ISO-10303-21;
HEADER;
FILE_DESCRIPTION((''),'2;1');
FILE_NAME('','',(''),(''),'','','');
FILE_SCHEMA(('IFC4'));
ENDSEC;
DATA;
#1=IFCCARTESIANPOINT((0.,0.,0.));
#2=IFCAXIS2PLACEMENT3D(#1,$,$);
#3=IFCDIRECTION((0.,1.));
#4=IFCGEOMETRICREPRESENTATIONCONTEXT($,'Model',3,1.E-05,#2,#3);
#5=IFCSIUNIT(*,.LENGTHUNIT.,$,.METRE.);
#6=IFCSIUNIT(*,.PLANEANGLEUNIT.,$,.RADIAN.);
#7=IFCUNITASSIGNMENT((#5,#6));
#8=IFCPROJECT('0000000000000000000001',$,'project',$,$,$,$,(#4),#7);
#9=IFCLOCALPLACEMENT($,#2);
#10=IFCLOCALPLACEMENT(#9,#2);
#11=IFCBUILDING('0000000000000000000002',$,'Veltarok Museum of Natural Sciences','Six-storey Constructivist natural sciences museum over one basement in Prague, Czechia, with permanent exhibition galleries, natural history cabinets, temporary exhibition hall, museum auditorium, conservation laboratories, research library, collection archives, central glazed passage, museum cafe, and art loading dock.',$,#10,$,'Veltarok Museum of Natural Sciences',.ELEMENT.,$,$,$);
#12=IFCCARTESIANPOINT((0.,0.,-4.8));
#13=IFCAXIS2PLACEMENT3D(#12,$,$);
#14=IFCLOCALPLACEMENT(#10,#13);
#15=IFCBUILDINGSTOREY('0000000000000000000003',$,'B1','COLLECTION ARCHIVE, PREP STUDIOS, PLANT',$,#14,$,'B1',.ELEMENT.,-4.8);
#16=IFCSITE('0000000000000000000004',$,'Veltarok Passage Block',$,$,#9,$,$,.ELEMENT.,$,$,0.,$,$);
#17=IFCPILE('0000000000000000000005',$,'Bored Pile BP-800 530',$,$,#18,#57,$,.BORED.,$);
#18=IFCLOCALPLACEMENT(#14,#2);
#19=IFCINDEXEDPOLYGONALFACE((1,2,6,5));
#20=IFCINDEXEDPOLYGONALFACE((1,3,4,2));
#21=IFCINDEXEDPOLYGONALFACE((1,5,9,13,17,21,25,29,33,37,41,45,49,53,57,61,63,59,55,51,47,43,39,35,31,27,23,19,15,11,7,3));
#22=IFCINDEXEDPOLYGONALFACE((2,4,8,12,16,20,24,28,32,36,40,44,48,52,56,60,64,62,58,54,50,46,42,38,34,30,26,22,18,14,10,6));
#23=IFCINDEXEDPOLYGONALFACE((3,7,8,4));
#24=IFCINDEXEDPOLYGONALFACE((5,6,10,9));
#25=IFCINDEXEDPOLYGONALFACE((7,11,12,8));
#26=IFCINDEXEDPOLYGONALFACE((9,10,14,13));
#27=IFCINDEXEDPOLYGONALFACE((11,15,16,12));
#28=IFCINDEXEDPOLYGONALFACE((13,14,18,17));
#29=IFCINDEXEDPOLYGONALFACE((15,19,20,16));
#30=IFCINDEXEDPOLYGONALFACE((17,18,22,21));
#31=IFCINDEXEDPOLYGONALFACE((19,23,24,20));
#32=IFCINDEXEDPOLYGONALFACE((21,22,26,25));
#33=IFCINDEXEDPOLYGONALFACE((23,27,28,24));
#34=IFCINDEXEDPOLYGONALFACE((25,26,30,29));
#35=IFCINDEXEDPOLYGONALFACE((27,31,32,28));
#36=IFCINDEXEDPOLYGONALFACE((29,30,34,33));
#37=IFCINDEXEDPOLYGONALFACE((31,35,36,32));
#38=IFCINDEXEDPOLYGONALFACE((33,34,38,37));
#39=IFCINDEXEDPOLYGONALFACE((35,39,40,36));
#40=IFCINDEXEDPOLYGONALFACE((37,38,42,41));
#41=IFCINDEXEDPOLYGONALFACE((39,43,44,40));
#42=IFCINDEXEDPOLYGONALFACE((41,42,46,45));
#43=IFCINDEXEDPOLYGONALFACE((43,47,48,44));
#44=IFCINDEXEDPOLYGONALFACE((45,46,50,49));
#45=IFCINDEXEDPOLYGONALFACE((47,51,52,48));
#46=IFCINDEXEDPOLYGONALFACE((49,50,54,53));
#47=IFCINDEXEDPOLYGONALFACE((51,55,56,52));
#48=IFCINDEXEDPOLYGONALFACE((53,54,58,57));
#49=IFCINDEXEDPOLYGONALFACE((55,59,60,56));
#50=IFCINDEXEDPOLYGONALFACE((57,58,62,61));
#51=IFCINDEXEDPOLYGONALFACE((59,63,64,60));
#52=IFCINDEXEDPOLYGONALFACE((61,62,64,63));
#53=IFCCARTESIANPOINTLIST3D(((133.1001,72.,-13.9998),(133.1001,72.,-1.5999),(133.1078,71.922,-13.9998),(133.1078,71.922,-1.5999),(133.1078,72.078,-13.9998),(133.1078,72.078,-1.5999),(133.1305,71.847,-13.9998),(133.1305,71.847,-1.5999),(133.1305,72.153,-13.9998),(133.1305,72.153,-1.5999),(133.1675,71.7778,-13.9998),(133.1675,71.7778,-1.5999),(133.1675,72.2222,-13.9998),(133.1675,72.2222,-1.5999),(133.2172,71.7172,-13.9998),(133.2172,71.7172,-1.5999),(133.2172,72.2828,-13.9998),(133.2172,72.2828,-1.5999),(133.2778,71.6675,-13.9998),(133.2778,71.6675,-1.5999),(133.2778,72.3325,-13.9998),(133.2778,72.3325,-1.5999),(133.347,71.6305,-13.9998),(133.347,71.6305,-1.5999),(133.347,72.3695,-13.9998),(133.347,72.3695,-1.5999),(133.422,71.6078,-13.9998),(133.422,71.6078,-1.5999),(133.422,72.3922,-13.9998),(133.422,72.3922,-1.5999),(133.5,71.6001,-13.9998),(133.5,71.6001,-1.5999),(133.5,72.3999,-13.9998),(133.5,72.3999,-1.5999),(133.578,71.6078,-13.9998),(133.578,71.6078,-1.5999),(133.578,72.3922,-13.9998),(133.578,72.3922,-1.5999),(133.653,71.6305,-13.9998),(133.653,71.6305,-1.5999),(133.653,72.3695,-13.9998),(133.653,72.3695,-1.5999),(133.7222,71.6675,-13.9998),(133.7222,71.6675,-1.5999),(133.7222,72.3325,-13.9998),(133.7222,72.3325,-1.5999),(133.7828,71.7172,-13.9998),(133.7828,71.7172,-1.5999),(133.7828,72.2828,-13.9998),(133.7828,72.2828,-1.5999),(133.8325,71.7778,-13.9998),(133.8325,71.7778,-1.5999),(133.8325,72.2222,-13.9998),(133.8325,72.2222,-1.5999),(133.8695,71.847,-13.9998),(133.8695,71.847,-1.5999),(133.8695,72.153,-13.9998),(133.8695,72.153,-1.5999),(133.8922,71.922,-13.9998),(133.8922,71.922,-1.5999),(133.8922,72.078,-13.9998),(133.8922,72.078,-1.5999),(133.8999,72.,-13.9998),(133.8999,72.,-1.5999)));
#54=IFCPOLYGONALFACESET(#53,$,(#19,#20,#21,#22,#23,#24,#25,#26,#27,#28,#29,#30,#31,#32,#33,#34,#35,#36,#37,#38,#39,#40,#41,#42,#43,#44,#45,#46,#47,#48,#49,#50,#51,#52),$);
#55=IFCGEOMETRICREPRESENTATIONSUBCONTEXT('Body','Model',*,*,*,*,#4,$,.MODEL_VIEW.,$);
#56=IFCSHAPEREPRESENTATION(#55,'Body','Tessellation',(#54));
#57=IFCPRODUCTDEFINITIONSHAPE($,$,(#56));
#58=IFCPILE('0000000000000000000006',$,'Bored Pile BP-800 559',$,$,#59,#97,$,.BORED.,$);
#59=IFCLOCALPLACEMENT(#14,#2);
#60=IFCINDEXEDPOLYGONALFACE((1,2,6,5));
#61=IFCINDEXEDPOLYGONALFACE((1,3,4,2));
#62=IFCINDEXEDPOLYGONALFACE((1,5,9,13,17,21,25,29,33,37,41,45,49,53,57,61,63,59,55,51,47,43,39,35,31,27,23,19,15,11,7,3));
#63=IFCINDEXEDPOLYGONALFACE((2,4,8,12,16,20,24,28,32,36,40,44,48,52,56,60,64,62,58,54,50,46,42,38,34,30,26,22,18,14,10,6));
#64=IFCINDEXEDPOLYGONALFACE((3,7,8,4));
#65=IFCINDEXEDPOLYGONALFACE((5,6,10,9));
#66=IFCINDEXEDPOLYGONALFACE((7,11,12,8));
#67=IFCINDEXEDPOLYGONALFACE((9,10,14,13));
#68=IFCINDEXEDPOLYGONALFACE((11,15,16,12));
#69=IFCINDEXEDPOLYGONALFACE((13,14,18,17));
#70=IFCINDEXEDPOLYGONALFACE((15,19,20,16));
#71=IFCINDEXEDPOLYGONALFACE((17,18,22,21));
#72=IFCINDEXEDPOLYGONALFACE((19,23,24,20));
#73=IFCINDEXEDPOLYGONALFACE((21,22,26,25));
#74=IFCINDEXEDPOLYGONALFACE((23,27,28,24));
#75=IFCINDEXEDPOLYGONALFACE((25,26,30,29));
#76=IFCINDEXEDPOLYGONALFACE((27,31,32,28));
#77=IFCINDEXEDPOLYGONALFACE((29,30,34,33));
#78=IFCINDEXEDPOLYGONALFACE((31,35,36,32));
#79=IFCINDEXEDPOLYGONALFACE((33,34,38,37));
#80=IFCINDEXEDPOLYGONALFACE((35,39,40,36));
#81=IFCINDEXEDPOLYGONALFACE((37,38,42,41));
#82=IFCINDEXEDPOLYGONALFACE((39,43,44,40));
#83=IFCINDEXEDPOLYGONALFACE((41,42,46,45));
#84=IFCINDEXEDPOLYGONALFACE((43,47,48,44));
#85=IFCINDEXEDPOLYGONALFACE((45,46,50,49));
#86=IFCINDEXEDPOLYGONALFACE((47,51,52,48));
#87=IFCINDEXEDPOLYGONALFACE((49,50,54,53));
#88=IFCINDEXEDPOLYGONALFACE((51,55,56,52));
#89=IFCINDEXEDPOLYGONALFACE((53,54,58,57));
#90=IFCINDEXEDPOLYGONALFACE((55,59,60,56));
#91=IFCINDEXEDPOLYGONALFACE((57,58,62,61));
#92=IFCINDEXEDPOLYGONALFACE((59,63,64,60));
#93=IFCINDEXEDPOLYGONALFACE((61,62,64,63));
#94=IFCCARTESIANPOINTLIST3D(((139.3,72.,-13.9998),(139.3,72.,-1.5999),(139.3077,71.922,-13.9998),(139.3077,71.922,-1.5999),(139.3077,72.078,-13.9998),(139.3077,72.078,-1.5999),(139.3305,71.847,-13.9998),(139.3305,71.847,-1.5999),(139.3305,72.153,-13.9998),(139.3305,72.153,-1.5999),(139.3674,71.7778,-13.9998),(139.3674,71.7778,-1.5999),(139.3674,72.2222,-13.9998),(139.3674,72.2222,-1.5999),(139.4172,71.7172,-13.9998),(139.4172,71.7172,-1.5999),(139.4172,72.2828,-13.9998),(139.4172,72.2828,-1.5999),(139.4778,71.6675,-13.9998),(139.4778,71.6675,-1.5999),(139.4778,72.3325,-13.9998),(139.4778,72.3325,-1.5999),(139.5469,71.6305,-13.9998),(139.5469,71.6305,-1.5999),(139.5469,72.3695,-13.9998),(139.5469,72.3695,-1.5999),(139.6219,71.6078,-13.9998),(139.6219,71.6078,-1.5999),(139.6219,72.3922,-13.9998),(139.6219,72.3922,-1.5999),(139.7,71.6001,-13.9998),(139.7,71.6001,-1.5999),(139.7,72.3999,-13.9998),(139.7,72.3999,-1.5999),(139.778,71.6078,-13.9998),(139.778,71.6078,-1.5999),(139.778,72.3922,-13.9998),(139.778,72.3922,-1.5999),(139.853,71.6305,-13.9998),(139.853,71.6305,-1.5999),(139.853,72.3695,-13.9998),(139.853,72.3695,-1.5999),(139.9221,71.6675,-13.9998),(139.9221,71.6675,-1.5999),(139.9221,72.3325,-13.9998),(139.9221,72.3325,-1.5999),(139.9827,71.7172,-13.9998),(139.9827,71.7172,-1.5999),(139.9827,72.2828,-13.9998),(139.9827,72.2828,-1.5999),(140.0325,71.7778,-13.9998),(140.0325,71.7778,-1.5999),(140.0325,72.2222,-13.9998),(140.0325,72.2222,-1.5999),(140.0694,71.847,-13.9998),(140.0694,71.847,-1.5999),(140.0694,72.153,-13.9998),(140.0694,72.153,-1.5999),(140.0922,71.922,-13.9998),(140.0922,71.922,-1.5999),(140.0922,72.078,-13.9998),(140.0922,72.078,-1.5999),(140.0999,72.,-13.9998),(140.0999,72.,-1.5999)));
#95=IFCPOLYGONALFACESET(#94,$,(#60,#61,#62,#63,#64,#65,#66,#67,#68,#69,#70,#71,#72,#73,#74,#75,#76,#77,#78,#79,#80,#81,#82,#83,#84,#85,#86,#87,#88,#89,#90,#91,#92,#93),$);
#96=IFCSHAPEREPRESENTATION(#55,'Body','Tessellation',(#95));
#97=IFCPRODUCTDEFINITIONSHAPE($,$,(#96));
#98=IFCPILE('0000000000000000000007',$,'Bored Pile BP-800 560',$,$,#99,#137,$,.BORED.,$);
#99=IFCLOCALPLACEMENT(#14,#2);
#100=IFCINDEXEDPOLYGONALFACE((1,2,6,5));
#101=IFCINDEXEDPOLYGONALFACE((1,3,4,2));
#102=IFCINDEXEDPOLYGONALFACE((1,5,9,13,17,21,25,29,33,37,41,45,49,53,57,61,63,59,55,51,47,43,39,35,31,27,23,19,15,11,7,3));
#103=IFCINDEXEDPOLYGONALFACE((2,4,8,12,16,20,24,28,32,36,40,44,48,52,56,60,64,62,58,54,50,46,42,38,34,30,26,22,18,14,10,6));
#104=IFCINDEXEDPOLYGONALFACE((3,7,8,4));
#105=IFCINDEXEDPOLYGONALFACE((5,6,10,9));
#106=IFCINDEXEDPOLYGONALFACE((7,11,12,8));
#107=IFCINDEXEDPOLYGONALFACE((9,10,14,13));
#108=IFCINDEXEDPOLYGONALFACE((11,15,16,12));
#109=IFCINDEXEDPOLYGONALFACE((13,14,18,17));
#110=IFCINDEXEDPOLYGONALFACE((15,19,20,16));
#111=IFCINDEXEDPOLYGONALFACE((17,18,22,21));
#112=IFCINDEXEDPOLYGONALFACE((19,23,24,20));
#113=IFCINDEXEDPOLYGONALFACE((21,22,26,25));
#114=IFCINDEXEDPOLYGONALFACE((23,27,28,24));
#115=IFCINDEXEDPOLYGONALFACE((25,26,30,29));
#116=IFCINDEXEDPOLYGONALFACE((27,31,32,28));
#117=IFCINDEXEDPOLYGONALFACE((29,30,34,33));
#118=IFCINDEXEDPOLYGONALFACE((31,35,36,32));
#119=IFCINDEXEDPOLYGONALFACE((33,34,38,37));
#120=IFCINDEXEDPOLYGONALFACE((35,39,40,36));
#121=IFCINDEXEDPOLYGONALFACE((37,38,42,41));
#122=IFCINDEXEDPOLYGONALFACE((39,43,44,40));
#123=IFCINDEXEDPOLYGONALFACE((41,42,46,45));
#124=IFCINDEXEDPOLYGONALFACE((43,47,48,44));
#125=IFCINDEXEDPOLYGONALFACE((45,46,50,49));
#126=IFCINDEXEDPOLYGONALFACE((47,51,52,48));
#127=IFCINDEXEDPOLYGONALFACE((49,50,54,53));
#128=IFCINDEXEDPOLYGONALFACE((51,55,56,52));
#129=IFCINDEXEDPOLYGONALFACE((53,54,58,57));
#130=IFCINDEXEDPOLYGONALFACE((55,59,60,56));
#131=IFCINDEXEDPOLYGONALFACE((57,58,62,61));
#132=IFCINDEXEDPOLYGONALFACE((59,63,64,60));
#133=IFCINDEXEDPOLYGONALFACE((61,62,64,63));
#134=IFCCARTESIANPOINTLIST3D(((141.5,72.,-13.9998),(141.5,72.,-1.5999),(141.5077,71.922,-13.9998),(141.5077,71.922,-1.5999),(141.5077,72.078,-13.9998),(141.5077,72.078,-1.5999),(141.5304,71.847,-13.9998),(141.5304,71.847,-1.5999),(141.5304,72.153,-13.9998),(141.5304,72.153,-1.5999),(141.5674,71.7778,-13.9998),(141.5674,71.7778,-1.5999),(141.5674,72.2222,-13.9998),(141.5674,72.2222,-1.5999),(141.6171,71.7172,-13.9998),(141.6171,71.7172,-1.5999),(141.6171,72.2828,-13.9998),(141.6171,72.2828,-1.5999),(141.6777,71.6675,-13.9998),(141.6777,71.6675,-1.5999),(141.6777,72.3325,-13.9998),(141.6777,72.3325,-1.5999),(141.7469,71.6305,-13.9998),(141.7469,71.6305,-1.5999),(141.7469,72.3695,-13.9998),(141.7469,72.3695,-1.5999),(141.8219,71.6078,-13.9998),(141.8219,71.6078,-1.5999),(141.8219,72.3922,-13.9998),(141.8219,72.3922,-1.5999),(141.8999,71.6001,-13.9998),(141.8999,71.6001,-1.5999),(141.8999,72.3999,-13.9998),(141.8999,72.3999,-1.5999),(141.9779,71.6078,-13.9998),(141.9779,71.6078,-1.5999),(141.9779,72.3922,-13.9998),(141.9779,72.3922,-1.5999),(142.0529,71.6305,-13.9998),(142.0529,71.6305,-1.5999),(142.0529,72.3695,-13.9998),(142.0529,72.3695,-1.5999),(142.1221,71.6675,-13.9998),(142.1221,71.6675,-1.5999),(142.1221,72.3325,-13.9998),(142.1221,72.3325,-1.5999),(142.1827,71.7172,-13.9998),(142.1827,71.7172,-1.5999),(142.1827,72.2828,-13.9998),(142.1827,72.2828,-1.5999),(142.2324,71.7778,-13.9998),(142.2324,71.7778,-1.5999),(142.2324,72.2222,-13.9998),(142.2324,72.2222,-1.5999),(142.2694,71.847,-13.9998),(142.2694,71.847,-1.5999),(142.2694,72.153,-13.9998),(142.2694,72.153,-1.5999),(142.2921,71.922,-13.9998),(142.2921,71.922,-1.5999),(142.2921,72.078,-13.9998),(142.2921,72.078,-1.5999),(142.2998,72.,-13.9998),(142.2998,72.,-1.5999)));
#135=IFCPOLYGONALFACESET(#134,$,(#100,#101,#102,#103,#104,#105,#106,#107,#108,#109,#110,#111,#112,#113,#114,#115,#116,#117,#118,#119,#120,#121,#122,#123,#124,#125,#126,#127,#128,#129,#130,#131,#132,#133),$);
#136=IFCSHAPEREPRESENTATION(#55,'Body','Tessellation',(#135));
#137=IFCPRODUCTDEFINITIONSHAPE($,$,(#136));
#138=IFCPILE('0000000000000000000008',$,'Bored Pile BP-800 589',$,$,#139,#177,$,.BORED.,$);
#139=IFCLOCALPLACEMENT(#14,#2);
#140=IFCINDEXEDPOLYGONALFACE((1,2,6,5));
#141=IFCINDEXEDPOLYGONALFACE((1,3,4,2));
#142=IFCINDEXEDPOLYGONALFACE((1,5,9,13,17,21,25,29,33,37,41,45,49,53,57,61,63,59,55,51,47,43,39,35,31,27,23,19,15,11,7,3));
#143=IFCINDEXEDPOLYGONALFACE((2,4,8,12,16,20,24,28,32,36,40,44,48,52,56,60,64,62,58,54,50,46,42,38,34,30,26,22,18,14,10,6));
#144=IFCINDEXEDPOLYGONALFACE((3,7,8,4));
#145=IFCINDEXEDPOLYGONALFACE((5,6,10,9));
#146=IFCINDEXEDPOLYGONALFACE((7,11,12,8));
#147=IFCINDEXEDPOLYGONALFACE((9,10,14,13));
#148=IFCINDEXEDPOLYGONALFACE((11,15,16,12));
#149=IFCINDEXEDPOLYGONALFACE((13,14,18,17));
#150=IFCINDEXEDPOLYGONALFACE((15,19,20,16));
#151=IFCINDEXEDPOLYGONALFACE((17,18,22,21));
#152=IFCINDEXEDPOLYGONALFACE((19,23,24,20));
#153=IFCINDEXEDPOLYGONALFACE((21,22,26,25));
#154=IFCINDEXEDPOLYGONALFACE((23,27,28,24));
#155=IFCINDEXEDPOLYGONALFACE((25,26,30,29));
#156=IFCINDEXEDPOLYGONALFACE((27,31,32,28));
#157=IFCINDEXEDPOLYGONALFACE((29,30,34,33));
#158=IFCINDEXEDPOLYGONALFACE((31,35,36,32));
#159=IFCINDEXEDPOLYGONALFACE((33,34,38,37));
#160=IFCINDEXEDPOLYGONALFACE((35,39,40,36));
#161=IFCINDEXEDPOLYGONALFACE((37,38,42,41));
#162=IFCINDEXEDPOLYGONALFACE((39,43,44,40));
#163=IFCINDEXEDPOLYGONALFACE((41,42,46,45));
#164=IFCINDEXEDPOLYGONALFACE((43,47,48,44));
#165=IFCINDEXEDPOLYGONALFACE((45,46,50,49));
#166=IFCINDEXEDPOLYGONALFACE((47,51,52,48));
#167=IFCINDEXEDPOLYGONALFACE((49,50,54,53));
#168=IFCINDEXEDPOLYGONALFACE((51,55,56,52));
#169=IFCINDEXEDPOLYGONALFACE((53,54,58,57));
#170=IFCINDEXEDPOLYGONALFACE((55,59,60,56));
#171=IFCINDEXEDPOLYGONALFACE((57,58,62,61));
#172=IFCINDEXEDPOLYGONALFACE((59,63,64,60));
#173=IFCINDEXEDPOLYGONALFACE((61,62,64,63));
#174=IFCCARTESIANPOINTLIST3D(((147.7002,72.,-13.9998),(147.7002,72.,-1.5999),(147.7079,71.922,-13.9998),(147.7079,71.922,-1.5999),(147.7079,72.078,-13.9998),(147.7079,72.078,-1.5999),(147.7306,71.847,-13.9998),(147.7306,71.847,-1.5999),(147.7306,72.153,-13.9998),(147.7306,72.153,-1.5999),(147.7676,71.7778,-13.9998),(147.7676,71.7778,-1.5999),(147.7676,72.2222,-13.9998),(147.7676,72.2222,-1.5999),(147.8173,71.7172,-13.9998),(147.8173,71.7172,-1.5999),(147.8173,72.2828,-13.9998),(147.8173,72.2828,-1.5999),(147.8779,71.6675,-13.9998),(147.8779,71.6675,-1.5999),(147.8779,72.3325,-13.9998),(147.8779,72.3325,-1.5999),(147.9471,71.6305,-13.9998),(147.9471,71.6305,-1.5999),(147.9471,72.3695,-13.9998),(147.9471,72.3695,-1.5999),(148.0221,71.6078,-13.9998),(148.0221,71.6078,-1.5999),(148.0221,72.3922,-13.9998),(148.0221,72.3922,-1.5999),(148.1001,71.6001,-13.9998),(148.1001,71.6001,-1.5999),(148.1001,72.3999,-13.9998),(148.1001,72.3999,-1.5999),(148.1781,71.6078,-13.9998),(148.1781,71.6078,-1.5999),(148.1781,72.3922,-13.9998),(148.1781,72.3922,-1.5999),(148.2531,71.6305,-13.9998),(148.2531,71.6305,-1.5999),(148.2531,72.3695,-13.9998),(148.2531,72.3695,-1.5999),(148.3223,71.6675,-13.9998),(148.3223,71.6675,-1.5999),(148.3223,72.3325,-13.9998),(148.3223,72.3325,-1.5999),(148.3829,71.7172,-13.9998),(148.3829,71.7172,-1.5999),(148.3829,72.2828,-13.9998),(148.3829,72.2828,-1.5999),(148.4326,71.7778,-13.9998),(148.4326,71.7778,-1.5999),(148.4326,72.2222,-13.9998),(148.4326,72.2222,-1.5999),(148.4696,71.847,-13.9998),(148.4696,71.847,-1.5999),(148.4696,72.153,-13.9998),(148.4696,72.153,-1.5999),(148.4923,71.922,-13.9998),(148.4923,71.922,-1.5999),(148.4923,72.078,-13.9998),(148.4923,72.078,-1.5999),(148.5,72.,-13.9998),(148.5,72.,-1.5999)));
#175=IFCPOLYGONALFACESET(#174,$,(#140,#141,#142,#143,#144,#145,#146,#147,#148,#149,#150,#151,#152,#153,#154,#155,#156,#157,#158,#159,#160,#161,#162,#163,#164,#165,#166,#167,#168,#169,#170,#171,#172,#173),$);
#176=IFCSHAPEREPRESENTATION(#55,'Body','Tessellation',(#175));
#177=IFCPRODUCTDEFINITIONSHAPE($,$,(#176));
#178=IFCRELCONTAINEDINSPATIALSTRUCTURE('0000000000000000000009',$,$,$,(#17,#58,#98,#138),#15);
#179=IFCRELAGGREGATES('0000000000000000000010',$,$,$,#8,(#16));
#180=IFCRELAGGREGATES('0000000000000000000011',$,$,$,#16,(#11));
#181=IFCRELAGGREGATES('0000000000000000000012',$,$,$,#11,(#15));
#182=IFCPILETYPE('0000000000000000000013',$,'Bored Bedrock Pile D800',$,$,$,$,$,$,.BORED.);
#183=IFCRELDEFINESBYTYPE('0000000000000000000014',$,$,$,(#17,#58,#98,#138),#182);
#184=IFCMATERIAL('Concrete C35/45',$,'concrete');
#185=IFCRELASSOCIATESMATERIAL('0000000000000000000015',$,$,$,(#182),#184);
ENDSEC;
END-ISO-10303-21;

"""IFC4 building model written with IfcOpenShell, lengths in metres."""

from ifc_helpers import new_model, si_unit, direction, frame, origin, origin_2d, place, context, subcontext, project, spatial, circle, extrude, material, material_profile, profile_set, type_object, element, save


model = new_model("IFC4")

# Units and contexts
model_context = context("Model", 3, precision=1e-05, world=origin(), true_north=direction((0.0, 1.0)))
body_context = subcontext(model_context, "Body", "Model", "MODEL_VIEW")
ifc_project = project(units=[si_unit("LENGTHUNIT", "METRE"), si_unit("PLANEANGLEUNIT", "RADIAN")], contexts=[model_context])

# Site, building, storey
site_placement = place(None, origin())
site = spatial("IfcSite", under=ifc_project, at=site_placement, Name="Veltarok Passage Block", CompositionType="ELEMENT", RefElevation=0.0)
building_placement = place(site_placement, origin())
building = spatial("IfcBuilding", under=site, at=building_placement, Name="Veltarok Museum of Natural Sciences", Description="Six-storey Constructivist natural sciences museum over one basement in Prague, Czechia, with permanent exhibition galleries, natural history cabinets, temporary exhibition hall, museum auditorium, conservation laboratories, research library, collection archives, central glazed passage, museum cafe, and art loading dock.", LongName="Veltarok Museum of Natural Sciences", CompositionType="ELEMENT")
storey_placement = place(building_placement, frame((0.0, 0.0, -4.8)))
storey = spatial("IfcBuildingStorey", under=building, at=storey_placement, Name="B1", Description="COLLECTION ARCHIVE, PREP STUDIOS, PLANT", LongName="B1", CompositionType="ELEMENT", Elevation=-4.8)

# Piles
ifc_material_1 = material(Name="Concrete C35/45", Category="concrete")
ifc_material_profile_1 = material_profile(ifc_material_1, circle(Radius=0.3999, at=origin_2d()), Name="BP D800")
ifc_profile_set_1 = profile_set([ifc_material_profile_1], Name="Concrete C35/45")
pile_type_1 = type_object("IfcPileType", Name="Bored Bedrock Pile D800", PredefinedType="BORED", material=ifc_profile_set_1)
for number, where, z_axis, x_axis, name in (
    (1, (133.5, 72.0, -1.5999), (0.0, 0.0, -1.0), (1.0, 0.0, 0.0), "Bored Pile BP-800 530"),
    (2, (139.7, 72.0, -1.5999), (0.0, 0.0, -1.0), (1.0, 0.0, 0.0), "Bored Pile BP-800 559"),
    (3, (141.8999, 72.0, -1.5999), (0.0, 0.0, -1.0), (1.0, 0.0, 0.0), "Bored Pile BP-800 560"),
    (4, (148.1001, 72.0, -1.5999), (0.0, 0.0, -1.0), (1.0, 0.0, 0.0), "Bored Pile BP-800 589"),
):
    element("IfcPile", number, at=place(storey_placement, frame(where, z_axis=z_axis, x_axis=x_axis)), inside=storey, type_object=pile_type_1, Name=name, PredefinedType="BORED", context=body_context, shape_type="SweptSolid", body=[
        extrude(circle(Radius=0.3999, at=origin_2d()), origin(), (0.0, 0.0, 1.0), 12.3999),
    ])

save(model, "model.ifc")
